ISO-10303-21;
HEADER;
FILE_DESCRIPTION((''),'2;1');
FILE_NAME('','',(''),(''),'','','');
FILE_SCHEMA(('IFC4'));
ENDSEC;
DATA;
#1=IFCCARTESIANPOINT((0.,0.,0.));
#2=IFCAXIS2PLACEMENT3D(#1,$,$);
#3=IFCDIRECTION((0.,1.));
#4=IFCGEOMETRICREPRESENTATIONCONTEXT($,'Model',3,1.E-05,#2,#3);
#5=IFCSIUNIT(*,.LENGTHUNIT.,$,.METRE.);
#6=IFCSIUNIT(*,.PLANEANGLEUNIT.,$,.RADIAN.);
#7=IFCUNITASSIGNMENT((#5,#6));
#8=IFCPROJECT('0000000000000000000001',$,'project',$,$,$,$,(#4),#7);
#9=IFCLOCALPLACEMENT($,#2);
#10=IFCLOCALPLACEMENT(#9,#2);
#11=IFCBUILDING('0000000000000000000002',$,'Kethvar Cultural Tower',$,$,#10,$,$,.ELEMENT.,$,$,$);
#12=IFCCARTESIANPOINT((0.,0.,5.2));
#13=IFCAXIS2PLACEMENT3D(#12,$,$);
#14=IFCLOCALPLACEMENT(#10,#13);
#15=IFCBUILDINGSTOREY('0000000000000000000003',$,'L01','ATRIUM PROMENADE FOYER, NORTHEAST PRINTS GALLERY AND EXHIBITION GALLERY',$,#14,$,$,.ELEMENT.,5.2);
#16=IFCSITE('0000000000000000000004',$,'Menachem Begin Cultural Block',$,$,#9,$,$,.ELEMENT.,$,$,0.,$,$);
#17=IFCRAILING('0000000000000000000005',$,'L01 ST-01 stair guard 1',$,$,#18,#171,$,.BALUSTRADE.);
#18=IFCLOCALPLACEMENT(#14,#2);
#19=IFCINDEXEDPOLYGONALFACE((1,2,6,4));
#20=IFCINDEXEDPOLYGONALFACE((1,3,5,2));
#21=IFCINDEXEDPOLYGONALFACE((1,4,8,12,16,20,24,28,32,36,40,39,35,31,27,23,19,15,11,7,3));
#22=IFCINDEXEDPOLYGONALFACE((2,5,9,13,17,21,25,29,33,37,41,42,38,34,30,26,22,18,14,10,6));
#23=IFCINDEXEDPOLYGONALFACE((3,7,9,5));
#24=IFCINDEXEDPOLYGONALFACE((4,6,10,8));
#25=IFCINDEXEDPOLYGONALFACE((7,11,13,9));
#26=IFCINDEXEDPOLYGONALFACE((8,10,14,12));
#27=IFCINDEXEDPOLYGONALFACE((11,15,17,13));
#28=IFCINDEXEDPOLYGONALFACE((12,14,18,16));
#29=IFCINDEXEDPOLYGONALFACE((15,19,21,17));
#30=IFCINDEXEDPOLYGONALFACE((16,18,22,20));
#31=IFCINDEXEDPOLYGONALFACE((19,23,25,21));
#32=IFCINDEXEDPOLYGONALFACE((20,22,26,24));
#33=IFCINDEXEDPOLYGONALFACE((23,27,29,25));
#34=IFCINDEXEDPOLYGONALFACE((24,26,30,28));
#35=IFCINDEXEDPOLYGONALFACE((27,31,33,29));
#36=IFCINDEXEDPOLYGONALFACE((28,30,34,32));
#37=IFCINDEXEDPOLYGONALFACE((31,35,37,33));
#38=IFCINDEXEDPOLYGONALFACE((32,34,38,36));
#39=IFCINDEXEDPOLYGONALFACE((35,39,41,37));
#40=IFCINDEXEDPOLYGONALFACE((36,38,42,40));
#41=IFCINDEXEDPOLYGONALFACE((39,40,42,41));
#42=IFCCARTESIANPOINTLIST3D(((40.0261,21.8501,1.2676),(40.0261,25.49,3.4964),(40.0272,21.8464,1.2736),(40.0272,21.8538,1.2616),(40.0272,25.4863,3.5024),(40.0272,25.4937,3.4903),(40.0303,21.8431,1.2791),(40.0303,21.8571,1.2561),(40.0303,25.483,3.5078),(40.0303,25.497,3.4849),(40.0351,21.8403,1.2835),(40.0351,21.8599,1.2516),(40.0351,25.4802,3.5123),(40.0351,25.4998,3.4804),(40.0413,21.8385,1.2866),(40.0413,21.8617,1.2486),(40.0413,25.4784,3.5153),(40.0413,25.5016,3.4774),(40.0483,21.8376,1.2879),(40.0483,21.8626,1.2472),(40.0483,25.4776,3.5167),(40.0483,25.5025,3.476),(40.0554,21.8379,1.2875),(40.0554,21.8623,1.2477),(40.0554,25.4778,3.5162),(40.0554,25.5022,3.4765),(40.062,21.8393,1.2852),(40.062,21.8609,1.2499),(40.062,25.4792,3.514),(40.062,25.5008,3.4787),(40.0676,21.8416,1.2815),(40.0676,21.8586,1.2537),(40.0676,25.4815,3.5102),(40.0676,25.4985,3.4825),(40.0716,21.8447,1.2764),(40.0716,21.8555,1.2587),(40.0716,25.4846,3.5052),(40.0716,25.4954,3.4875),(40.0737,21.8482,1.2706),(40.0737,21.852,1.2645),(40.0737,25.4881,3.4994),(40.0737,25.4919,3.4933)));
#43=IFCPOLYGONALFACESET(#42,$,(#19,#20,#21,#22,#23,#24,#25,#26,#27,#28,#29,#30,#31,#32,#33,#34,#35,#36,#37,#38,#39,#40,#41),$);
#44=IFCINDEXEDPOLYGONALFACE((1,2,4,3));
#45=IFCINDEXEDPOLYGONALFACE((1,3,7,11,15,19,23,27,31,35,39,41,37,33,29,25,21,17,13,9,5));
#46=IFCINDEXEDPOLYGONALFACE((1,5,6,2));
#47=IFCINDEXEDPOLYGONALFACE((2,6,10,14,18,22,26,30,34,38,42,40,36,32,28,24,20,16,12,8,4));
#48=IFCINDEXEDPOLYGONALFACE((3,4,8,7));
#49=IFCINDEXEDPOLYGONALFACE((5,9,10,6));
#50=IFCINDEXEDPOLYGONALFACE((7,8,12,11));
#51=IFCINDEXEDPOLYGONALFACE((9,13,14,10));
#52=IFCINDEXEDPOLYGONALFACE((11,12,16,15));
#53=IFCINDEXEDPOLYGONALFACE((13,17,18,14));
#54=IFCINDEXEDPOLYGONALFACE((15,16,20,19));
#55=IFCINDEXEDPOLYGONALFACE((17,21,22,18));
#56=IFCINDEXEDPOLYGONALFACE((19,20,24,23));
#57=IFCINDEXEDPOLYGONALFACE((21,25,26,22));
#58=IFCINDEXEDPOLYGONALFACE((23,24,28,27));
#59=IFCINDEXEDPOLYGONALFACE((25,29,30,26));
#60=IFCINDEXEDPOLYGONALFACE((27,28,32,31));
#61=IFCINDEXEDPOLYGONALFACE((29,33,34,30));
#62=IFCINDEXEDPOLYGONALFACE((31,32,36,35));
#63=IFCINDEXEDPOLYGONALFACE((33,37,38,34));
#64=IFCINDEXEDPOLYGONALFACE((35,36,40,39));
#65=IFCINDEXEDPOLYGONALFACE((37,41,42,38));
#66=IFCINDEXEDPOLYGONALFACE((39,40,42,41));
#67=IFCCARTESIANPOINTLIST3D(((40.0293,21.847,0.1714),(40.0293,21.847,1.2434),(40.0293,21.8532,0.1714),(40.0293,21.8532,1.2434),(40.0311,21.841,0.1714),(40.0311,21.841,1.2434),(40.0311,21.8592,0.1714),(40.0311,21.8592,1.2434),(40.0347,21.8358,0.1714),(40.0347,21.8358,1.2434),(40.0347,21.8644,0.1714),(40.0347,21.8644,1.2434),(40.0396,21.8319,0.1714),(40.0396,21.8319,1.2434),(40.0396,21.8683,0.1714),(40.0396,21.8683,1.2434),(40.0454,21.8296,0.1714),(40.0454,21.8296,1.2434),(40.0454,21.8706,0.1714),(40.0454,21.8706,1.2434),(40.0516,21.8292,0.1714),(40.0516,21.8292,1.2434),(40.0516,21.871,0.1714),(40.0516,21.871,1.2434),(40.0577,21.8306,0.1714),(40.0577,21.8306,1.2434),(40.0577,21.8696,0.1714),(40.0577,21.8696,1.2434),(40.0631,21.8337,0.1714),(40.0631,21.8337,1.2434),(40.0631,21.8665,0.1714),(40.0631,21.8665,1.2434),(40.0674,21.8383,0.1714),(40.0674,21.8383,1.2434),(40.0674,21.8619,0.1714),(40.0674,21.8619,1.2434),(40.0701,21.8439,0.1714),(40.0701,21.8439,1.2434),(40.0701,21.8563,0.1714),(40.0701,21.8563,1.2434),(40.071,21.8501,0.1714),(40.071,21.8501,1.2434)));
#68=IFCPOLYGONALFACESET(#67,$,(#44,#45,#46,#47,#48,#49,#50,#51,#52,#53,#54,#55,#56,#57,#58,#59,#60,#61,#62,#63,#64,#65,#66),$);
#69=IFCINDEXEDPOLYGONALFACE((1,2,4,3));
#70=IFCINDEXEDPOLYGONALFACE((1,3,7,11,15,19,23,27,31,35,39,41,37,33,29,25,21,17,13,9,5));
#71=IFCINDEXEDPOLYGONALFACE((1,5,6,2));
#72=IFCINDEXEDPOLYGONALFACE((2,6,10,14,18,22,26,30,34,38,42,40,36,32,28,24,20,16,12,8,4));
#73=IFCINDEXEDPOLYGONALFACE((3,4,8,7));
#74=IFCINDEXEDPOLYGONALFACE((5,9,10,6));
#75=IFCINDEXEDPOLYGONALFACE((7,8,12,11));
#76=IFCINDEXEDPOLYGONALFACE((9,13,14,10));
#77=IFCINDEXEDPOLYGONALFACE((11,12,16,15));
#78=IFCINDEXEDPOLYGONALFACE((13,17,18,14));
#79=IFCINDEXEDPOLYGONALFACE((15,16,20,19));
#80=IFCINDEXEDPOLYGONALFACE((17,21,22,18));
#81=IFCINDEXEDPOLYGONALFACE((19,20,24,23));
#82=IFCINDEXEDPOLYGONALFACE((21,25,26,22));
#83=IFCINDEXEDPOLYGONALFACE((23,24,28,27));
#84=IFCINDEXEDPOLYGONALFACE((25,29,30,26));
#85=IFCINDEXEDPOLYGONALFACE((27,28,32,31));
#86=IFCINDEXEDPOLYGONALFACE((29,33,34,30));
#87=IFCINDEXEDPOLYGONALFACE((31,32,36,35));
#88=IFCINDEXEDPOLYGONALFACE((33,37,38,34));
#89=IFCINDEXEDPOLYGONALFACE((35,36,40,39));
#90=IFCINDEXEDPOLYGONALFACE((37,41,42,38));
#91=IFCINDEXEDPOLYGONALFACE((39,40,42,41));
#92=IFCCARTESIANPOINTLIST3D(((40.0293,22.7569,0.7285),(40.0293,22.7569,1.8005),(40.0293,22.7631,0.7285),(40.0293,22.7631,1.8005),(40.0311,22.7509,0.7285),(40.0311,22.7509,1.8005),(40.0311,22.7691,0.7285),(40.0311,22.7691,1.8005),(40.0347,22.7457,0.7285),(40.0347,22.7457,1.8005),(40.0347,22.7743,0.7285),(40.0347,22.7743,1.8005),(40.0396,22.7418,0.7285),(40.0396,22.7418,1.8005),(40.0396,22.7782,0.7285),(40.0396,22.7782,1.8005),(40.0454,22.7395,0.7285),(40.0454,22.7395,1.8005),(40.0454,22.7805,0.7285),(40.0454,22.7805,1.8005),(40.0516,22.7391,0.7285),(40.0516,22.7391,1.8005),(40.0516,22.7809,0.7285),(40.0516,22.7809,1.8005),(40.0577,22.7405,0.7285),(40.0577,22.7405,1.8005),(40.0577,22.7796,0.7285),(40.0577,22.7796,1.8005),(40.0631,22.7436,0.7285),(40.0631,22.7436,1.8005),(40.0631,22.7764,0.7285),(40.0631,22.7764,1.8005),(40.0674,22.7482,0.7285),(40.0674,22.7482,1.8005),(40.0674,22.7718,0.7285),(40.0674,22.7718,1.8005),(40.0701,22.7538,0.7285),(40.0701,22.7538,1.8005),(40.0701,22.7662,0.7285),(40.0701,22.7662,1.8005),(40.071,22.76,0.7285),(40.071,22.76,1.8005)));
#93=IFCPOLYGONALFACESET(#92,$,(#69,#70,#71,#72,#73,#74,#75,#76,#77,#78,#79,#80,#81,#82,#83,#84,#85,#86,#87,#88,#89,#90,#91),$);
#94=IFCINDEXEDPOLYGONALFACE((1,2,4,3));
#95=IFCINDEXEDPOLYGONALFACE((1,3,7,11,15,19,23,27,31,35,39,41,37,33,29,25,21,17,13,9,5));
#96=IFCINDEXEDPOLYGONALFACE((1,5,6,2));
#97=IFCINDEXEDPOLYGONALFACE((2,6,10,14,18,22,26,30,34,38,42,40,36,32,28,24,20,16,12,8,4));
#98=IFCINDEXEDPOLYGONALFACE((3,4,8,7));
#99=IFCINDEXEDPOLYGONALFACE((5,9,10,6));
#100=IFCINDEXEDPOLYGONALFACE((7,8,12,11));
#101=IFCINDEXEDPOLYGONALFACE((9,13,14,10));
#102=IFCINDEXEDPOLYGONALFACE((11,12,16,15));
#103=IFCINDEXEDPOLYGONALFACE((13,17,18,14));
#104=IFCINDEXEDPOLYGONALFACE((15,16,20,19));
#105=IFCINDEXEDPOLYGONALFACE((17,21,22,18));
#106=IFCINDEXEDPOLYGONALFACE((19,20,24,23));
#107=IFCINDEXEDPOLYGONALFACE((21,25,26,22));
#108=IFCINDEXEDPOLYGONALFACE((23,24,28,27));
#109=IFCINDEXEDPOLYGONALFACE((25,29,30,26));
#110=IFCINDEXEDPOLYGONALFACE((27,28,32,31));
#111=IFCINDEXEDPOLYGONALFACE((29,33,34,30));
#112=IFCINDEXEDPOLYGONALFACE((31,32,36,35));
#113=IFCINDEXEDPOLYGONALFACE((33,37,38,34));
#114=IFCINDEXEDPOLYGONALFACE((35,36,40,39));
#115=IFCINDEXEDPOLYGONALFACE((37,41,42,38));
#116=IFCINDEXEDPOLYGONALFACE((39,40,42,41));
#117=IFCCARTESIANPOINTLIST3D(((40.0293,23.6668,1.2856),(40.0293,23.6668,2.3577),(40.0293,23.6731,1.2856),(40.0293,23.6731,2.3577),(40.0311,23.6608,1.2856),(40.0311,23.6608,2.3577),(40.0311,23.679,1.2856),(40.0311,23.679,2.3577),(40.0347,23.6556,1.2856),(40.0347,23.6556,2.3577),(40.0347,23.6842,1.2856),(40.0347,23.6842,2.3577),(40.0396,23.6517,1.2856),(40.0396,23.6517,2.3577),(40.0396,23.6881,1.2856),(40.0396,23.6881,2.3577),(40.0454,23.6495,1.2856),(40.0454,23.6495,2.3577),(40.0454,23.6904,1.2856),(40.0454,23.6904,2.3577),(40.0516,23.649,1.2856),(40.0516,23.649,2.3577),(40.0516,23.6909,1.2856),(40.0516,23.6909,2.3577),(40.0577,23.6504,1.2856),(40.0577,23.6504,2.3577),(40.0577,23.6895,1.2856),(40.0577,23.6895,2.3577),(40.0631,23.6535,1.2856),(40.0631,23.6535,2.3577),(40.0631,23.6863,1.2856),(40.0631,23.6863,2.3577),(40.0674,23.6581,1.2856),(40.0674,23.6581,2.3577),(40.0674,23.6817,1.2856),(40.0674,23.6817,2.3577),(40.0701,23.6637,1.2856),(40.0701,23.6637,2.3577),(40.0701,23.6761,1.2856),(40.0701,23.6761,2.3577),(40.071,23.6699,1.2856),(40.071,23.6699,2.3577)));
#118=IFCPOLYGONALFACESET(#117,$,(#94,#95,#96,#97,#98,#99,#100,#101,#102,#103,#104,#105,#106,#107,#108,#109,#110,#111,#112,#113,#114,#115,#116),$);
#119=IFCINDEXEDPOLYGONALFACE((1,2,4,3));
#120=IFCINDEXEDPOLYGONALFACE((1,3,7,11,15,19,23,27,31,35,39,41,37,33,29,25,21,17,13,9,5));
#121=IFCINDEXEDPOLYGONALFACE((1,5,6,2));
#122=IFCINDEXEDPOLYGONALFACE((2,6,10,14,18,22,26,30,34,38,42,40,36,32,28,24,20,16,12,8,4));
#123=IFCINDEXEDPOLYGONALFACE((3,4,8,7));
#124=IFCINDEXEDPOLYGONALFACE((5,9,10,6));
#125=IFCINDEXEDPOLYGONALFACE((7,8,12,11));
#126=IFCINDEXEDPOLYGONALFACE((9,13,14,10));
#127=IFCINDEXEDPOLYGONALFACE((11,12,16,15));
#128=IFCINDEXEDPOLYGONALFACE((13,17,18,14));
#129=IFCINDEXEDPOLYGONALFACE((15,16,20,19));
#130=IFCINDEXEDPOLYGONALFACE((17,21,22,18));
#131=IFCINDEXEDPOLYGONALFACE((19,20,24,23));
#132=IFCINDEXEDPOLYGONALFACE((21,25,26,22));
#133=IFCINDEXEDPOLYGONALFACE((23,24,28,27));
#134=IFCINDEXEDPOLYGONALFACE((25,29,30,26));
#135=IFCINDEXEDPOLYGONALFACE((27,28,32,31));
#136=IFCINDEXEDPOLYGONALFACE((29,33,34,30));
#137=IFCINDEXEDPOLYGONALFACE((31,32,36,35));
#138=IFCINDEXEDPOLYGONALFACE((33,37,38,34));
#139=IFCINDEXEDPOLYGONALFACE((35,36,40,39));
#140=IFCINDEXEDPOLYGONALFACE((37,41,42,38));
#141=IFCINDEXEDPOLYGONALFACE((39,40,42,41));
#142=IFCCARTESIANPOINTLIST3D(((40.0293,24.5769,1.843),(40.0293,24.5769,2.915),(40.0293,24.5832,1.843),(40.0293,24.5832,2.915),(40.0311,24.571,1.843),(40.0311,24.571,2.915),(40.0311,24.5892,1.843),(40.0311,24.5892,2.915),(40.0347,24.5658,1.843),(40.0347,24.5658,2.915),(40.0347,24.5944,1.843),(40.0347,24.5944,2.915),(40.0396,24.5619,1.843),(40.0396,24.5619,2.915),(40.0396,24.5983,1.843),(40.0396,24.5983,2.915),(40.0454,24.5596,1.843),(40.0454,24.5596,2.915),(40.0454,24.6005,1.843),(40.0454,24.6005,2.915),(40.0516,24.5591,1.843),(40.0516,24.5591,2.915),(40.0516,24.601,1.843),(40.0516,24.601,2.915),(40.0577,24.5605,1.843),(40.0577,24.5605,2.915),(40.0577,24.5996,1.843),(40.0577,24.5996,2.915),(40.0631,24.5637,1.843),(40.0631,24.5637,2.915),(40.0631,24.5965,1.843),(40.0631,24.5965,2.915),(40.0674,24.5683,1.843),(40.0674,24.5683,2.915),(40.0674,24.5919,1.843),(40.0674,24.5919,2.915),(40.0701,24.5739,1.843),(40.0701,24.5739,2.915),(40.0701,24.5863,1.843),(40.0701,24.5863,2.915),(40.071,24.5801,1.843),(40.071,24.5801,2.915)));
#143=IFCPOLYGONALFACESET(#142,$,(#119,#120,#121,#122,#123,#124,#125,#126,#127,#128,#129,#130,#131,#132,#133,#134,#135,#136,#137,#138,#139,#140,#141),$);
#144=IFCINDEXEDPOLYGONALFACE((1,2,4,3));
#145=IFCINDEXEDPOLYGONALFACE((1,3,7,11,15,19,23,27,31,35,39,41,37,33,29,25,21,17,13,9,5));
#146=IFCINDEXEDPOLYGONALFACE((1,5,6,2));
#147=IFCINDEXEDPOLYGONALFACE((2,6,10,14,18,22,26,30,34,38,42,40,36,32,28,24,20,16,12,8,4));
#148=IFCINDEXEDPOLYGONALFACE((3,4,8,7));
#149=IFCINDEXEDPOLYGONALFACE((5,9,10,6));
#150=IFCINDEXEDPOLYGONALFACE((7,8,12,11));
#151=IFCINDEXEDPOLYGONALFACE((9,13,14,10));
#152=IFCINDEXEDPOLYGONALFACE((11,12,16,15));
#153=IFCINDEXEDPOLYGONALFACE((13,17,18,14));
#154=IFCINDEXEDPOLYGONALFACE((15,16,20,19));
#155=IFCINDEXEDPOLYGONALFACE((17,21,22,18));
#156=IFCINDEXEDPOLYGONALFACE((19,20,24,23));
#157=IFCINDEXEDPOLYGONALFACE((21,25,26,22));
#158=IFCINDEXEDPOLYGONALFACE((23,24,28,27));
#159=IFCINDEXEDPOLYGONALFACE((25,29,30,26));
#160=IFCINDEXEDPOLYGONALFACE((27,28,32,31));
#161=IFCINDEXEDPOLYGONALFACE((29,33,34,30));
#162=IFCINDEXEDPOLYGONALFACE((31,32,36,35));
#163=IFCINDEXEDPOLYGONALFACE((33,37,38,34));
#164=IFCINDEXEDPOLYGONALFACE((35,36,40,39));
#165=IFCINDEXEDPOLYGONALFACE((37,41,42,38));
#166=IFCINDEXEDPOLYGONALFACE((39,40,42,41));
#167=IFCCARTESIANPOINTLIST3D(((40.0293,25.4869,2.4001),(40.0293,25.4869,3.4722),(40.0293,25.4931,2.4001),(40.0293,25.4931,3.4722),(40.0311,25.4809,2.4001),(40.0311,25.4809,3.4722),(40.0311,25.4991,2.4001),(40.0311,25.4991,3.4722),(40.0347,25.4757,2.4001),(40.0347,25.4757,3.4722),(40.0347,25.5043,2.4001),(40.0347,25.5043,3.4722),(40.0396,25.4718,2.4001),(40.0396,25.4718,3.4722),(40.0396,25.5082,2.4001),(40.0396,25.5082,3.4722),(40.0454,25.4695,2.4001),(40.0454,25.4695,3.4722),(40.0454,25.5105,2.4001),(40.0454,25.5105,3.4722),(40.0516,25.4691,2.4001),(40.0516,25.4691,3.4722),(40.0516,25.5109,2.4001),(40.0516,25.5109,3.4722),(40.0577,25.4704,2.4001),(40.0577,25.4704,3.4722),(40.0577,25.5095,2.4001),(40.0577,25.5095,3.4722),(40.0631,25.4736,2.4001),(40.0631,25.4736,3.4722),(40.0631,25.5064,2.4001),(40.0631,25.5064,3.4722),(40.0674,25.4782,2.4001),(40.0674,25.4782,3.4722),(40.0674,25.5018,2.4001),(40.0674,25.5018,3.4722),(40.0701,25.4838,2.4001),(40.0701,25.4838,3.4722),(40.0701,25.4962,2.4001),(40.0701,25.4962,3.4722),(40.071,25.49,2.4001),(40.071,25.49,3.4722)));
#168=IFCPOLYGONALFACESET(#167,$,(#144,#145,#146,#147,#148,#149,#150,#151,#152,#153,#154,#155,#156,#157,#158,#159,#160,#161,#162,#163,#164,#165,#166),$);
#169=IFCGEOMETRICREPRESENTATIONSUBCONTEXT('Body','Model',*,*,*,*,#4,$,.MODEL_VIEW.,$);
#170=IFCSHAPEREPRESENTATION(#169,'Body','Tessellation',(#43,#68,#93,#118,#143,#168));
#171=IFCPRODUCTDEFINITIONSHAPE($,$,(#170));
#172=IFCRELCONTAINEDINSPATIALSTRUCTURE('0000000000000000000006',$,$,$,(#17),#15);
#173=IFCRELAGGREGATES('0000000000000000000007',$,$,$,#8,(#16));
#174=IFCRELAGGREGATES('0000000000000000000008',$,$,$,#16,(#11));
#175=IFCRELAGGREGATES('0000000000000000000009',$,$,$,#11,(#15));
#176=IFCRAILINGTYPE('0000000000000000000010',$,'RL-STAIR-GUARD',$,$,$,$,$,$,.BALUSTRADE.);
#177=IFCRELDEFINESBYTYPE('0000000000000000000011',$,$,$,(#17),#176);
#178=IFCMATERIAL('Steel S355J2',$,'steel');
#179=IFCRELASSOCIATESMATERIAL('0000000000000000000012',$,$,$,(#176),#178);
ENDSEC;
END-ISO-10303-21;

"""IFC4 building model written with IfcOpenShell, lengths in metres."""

from ifc_helpers import new_model, si_unit, direction, frame, origin, origin_2d, place, context, subcontext, project, spatial, circle, extrude, material, type_object, element, save


model = new_model("IFC4")

# Units and contexts
model_context = context("Model", 3, precision=1e-05, world=origin(), true_north=direction((0.0, 1.0)))
body_context = subcontext(model_context, "Body", "Model", "MODEL_VIEW")
ifc_project = project(units=[si_unit("LENGTHUNIT", "METRE"), si_unit("PLANEANGLEUNIT", "RADIAN")], contexts=[model_context])

# Site, building, storey
site_placement = place(None, origin())
site = spatial("IfcSite", under=ifc_project, at=site_placement, Name="Menachem Begin Cultural Block", CompositionType="ELEMENT", RefElevation=0.0)
building_placement = place(site_placement, origin())
building = spatial("IfcBuilding", under=site, at=building_placement, Name="Kethvar Cultural Tower", CompositionType="ELEMENT")
storey_placement = place(building_placement, frame((0.0, 0.0, 5.2)))
storey = spatial("IfcBuildingStorey", under=building, at=storey_placement, Name="L01", Description="ATRIUM PROMENADE FOYER, NORTHEAST PRINTS GALLERY AND EXHIBITION GALLERY", CompositionType="ELEMENT", Elevation=5.2)

# Shared definitions
ifc_material_1 = material(Name="Steel S355J2", Category="steel")

# Railing
railing_type_1 = type_object("IfcRailingType", Name="RL-STAIR-GUARD", PredefinedType="BALUSTRADE", material=ifc_material_1)
railing_1_placement = place(storey_placement, frame((40.05, 21.8501, 0.1714)))
element("IfcRailing", 1, at=railing_1_placement, inside=storey, type_object=railing_type_1, Name="L01 ST-01 stair guard 1", PredefinedType="BALUSTRADE", context=body_context, shape_type="SweptSolid", body=[
    extrude(circle(Radius=0.0239, at=origin_2d()), frame((0.0, 0.0, 1.0962), z_axis=(0.0, 0.852825, 0.522197), x_axis=(-1.0, 0.0, 0.0)), (0.0, 0.0, 1.0), 4.2681),
    extrude(circle(Radius=0.021, at=origin_2d()), origin(), (0.0, 0.0, 1.0), 1.072),
    extrude(circle(Radius=0.021, at=origin_2d()), frame((0.0, 0.9099, 0.5571)), (0.0, 0.0, 1.0), 1.072),
    extrude(circle(Radius=0.021, at=origin_2d()), frame((0.0, 1.8198, 1.1143)), (0.0, 0.0, 1.0), 1.072),
    extrude(circle(Radius=0.021, at=origin_2d()), frame((0.0, 2.73, 1.6716)), (0.0, 0.0, 1.0), 1.072),
    extrude(circle(Radius=0.021, at=origin_2d()), frame((0.0, 3.6399, 2.2288)), (0.0, 0.0, 1.0), 1.072),
])

save(model, "model.ifc")
